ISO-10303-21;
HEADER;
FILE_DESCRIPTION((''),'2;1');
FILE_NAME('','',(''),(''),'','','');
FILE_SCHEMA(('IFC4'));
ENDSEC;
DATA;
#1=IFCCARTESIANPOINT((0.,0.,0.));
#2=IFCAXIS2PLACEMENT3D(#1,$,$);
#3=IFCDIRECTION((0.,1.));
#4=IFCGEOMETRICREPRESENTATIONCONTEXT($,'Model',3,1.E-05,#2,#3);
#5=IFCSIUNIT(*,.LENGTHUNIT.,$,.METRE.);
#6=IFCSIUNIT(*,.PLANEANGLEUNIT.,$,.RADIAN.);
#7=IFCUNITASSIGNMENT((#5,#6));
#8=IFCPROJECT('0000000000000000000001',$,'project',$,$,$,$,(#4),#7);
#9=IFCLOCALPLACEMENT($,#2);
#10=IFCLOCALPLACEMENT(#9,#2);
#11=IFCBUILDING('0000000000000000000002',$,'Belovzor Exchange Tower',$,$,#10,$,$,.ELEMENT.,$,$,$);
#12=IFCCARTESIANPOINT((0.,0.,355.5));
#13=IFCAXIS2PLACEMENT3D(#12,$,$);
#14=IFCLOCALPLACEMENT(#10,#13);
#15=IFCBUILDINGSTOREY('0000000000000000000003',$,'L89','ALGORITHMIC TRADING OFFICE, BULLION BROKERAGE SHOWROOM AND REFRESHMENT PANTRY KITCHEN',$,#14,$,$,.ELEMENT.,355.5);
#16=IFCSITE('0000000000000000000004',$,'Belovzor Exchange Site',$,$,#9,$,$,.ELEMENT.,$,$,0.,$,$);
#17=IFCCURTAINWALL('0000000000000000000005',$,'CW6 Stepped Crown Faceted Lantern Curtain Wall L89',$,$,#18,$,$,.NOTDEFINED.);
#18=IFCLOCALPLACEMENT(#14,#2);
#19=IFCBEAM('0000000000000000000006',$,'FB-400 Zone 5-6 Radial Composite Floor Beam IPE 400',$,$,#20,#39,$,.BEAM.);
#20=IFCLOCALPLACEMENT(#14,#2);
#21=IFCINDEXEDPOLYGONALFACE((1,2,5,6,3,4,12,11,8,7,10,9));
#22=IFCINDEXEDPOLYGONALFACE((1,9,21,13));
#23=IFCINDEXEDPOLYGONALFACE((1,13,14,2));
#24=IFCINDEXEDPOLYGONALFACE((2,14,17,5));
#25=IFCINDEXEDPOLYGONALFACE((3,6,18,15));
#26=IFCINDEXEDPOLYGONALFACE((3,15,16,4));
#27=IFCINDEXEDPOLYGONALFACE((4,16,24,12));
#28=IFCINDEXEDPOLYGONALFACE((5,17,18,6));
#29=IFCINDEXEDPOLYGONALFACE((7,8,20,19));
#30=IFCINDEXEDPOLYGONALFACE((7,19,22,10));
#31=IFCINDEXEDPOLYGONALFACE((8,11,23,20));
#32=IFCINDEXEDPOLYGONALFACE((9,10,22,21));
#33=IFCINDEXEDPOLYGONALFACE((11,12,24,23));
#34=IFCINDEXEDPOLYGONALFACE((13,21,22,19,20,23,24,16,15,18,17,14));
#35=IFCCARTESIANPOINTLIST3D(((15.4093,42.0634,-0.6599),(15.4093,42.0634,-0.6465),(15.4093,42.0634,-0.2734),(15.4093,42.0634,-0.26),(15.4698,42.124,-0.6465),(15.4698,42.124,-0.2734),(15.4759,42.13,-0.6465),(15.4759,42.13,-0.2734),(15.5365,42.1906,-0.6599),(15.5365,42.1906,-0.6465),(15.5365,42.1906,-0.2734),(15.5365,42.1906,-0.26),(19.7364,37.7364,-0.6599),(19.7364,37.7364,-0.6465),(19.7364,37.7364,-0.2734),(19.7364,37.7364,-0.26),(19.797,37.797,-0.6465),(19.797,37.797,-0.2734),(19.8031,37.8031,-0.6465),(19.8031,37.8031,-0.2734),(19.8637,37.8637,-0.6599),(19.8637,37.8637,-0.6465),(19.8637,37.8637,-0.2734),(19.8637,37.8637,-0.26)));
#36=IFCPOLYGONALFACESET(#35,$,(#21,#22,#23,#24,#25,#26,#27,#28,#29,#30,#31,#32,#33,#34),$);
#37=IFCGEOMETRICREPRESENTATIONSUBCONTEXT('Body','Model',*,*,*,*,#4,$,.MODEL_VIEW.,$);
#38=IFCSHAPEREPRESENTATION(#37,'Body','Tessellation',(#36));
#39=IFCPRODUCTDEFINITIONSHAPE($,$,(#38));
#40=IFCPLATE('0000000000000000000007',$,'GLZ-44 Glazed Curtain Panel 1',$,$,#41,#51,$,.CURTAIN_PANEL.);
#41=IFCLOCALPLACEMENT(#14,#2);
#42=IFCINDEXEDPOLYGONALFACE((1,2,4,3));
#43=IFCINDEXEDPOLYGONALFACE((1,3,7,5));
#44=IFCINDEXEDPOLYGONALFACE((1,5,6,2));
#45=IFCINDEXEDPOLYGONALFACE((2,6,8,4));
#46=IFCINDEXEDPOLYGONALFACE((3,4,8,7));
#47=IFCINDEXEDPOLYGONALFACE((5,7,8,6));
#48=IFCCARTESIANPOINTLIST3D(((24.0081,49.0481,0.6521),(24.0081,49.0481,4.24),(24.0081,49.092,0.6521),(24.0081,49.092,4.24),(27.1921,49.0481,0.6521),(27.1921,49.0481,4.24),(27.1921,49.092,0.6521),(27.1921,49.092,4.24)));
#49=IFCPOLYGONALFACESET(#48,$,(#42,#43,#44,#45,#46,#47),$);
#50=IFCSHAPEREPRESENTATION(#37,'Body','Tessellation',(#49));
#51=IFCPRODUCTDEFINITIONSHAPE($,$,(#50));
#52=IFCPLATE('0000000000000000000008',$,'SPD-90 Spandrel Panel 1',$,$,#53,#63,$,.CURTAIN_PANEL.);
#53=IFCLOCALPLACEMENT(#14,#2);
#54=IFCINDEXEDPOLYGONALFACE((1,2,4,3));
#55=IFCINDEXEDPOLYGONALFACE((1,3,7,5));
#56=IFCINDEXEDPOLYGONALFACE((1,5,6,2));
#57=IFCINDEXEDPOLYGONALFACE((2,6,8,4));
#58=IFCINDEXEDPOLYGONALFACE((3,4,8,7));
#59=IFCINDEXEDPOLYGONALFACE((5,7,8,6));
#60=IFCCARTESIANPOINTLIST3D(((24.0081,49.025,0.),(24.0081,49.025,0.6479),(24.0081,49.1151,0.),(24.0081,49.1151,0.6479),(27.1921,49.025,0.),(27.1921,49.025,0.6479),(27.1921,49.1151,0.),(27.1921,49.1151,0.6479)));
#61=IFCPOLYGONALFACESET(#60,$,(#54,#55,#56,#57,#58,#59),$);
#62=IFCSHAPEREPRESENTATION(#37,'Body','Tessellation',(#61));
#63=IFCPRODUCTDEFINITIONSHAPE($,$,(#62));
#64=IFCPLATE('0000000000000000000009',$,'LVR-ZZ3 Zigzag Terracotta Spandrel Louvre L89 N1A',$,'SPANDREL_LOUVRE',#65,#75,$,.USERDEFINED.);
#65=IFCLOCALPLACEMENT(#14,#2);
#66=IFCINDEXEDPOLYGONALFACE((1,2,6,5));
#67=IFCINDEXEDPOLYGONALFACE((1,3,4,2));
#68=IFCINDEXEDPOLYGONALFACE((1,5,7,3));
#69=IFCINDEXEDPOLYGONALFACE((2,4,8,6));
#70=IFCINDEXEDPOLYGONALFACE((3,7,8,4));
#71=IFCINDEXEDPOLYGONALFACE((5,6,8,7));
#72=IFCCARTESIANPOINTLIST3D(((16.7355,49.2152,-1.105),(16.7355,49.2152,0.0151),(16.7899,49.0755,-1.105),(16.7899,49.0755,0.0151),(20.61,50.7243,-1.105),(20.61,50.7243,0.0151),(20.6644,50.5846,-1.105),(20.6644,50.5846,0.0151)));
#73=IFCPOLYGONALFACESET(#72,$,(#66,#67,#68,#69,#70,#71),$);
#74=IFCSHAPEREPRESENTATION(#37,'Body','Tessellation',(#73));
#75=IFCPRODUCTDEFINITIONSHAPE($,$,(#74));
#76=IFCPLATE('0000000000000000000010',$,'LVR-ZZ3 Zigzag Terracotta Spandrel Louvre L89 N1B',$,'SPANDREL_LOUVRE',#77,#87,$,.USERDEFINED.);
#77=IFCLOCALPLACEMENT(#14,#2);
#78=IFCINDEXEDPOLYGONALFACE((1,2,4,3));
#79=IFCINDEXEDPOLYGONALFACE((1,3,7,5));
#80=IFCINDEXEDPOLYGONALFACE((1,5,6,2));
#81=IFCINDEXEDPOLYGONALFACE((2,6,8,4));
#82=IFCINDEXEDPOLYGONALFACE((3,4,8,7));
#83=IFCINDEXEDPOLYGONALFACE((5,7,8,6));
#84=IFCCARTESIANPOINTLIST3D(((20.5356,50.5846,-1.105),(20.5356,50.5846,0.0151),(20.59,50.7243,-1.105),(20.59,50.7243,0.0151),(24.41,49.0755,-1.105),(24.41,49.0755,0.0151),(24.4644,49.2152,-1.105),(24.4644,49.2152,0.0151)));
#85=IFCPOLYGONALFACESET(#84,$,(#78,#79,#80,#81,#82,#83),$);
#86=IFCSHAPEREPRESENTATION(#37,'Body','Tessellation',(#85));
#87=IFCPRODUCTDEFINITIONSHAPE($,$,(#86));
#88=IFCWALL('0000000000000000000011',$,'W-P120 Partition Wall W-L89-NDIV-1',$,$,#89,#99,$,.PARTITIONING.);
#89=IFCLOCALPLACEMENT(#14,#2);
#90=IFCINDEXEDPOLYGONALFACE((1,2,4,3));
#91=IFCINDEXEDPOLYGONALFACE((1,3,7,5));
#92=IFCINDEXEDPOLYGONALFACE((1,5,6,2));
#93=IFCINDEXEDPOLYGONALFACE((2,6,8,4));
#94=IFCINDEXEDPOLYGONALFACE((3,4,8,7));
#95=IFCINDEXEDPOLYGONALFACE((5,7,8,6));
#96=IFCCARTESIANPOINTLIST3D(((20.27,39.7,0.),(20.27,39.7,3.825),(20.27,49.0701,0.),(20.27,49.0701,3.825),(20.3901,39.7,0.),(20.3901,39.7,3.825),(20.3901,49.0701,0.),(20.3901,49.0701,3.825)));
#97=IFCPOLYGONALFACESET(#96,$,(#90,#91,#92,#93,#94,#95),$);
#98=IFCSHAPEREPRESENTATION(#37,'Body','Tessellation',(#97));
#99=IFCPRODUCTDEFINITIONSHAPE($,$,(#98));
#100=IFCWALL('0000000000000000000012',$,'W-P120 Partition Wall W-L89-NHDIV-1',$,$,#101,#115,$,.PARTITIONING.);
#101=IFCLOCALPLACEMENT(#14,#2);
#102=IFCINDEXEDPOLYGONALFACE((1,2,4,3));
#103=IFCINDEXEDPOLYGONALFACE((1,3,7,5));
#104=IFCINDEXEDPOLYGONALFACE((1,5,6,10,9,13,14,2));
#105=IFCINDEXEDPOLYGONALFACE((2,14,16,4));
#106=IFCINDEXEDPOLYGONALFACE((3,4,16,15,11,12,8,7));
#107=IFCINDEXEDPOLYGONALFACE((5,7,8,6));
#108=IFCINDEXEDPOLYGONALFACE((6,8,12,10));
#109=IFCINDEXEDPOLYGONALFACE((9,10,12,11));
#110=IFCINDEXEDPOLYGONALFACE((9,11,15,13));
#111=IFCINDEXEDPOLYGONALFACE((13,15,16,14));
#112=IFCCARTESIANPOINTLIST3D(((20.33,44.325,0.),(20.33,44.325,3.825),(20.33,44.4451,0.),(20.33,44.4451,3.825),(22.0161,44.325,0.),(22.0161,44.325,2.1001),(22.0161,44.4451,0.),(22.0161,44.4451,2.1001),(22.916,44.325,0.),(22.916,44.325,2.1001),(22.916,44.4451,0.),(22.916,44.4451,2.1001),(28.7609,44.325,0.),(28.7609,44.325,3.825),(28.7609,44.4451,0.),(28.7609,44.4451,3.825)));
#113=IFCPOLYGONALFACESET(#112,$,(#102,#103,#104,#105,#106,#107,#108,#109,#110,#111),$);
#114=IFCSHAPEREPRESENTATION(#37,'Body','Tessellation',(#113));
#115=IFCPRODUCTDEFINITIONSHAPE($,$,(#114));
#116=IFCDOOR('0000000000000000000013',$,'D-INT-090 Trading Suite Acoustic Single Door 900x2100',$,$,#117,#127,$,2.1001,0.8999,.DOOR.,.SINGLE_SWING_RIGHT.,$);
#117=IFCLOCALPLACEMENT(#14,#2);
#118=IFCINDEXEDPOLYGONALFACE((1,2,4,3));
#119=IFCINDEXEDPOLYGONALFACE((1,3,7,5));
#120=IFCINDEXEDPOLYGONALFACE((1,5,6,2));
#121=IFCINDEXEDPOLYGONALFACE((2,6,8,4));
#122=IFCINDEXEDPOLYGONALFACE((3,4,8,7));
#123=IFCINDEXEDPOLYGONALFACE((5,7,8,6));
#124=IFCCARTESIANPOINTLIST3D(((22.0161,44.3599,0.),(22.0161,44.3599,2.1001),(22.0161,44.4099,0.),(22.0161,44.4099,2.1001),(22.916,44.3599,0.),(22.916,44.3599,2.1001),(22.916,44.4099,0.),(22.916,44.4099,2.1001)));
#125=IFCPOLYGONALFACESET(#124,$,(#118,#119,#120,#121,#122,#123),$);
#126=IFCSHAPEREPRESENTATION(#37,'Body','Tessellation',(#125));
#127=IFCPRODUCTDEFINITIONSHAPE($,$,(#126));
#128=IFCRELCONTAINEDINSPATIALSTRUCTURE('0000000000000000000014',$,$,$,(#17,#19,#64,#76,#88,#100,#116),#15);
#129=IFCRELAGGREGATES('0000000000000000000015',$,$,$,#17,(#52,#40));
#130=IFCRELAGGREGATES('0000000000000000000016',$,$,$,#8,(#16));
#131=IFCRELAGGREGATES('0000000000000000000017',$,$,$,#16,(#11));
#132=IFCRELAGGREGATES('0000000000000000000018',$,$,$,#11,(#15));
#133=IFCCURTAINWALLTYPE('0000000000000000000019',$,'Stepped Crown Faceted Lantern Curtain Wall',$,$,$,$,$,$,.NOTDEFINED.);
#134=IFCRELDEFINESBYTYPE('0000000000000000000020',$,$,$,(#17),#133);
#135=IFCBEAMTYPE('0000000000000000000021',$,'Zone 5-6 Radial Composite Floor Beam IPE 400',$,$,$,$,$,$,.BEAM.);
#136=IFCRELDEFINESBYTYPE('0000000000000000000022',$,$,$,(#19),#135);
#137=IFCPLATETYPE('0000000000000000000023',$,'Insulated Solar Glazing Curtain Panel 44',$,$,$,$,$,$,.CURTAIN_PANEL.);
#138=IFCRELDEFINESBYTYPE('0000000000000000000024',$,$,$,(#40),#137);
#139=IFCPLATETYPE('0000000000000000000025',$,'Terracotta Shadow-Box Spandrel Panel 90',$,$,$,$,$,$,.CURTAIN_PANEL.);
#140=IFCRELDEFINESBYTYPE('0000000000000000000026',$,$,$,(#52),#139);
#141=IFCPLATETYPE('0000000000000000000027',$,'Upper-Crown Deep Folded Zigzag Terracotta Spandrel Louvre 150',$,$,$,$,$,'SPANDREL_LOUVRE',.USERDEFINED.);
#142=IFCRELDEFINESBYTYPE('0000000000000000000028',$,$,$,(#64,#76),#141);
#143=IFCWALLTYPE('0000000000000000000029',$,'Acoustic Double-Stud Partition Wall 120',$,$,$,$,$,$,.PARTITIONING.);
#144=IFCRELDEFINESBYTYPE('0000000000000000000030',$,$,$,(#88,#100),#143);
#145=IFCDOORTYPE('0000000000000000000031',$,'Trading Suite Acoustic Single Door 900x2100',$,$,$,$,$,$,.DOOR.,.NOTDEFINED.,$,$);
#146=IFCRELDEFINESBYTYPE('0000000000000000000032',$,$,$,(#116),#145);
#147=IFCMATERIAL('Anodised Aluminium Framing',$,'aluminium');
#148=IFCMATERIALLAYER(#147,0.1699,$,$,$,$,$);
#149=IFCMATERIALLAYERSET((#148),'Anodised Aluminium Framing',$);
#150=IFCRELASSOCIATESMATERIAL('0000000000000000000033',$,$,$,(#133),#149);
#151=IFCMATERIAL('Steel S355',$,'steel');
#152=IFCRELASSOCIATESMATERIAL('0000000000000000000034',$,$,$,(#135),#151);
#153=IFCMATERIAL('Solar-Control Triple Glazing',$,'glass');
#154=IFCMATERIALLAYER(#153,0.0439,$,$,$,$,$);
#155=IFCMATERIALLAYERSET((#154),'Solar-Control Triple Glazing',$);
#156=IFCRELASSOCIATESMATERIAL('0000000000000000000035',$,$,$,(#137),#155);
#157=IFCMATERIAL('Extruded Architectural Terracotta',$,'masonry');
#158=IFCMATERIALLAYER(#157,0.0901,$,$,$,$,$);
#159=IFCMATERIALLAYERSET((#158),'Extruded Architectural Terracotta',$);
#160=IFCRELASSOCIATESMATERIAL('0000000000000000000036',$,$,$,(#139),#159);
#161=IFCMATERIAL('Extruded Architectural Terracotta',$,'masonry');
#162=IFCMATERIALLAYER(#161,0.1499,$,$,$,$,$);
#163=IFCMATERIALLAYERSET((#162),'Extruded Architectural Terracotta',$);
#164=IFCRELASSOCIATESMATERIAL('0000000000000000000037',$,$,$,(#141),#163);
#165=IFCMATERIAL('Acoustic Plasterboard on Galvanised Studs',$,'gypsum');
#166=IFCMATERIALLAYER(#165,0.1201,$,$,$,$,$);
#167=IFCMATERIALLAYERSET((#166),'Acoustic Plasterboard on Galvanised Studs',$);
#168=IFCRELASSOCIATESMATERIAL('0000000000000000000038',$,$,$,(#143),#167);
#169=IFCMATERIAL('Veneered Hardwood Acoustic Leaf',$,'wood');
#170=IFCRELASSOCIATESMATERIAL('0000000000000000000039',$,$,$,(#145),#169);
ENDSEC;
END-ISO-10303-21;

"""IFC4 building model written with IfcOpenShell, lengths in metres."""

from ifc_helpers import new_model, si_unit, direction, frame, frame_2d, origin, origin_2d, place, context, subcontext, project, spatial, rectangle, i_section, extrude, material, layer, layer_set, material_profile, profile_set, type_object, element, fill, aggregate, save


model = new_model("IFC4")

# Units and contexts
model_context = context("Model", 3, precision=1e-05, world=origin(), true_north=direction((0.0, 1.0)))
body_context = subcontext(model_context, "Body", "Model", "MODEL_VIEW")
ifc_project = project(units=[si_unit("LENGTHUNIT", "METRE"), si_unit("PLANEANGLEUNIT", "RADIAN")], contexts=[model_context])

# Site, building, storey
site_placement = place(None, origin())
site = spatial("IfcSite", under=ifc_project, at=site_placement, Name="Belovzor Exchange Site", CompositionType="ELEMENT", RefElevation=0.0)
building_placement = place(site_placement, origin())
building = spatial("IfcBuilding", under=site, at=building_placement, Name="Belovzor Exchange Tower", CompositionType="ELEMENT")
storey_placement = place(building_placement, frame((0.0, 0.0, 355.5)))
storey = spatial("IfcBuildingStorey", under=building, at=storey_placement, Name="L89", Description="ALGORITHMIC TRADING OFFICE, BULLION BROKERAGE SHOWROOM AND REFRESHMENT PANTRY KITCHEN", CompositionType="ELEMENT", Elevation=355.5)

# Curtain wall
ifc_material_1 = material(Name="Anodised Aluminium Framing", Category="aluminium")
ifc_layer_1 = layer(ifc_material_1, 0.1699)
ifc_layer_set_1 = layer_set([ifc_layer_1], Name="Anodised Aluminium Framing")
curtain_wall_type = type_object("IfcCurtainWallType", Name="Stepped Crown Faceted Lantern Curtain Wall", PredefinedType="NOTDEFINED", material=ifc_layer_set_1)
curtain_wall_placement = place(storey_placement, origin())
curtain_wall = element("IfcCurtainWall", 1, at=curtain_wall_placement, inside=storey, type_object=curtain_wall_type, Name="CW6 Stepped Crown Faceted Lantern Curtain Wall L89", PredefinedType="NOTDEFINED")

# Beam
ifc_material_2 = material(Name="Steel S355", Category="steel")
ifc_material_profile_1 = material_profile(ifc_material_2, i_section(OverallWidth=0.1799, OverallDepth=0.3999, WebThickness=0.0085, FlangeThickness=0.0134, at=origin_2d()))
ifc_profile_set_1 = profile_set([ifc_material_profile_1], Name="Steel S355")
beam_type_1 = type_object("IfcBeamType", Name="Zone 5-6 Radial Composite Floor Beam IPE 400", PredefinedType="BEAM", material=ifc_profile_set_1)
beam_1_placement = place(storey_placement, frame((19.8, 37.8, -0.46), z_axis=(-0.707127, 0.707087, 0.0), x_axis=(-0.707087, -0.707127, 0.0)))
element("IfcBeam", 2, at=beam_1_placement, inside=storey, type_object=beam_type_1, Name="FB-400 Zone 5-6 Radial Composite Floor Beam IPE 400", PredefinedType="BEAM", context=body_context, shape_type="SweptSolid", body=[
    extrude(i_section(OverallWidth=0.1799, OverallDepth=0.3999, WebThickness=0.0085, FlangeThickness=0.0134, at=origin_2d()), origin(), (0.0, 0.0, 1.0), 6.1194),
])

# Plates
ifc_material_3 = material(Name="Solar-Control Triple Glazing", Category="glass")
ifc_layer_2 = layer(ifc_material_3, 0.0439)
ifc_layer_set_2 = layer_set([ifc_layer_2], Name="Solar-Control Triple Glazing")
plate_type_1 = type_object("IfcPlateType", Name="Insulated Solar Glazing Curtain Panel 44", PredefinedType="CURTAIN_PANEL", material=ifc_layer_set_2)
plate_1_placement = place(storey_placement, frame((25.6001, 49.0701, 0.6521), z_axis=(0.0, 0.0, 1.0), x_axis=(1.0, 0.0, 0.0)))
plate_1 = element("IfcPlate", 3, at=plate_1_placement, type_object=plate_type_1, Name="GLZ-44 Glazed Curtain Panel 1", PredefinedType="CURTAIN_PANEL", context=body_context, shape_type="SweptSolid", body=[
    extrude(rectangle(XDim=3.1841, YDim=0.0439, at=origin_2d()), origin(), (0.0, 0.0, 1.0), 3.5879),
])
ifc_material_4 = material(Name="Extruded Architectural Terracotta", Category="masonry")
ifc_layer_3 = layer(ifc_material_4, 0.0901)
ifc_layer_set_3 = layer_set([ifc_layer_3], Name="Extruded Architectural Terracotta")
plate_type_2 = type_object("IfcPlateType", Name="Terracotta Shadow-Box Spandrel Panel 90", PredefinedType="CURTAIN_PANEL", material=ifc_layer_set_3)
plate_2_placement = place(storey_placement, frame((25.6001, 49.0701, 0.0), z_axis=(0.0, 0.0, 1.0), x_axis=(1.0, 0.0, 0.0)))
plate_2 = element("IfcPlate", 4, at=plate_2_placement, type_object=plate_type_2, Name="SPD-90 Spandrel Panel 1", PredefinedType="CURTAIN_PANEL", context=body_context, shape_type="SweptSolid", body=[
    extrude(rectangle(XDim=3.1841, YDim=0.0901, at=origin_2d()), origin(), (0.0, 0.0, 1.0), 0.6479),
])
aggregate(curtain_wall, [plate_2, plate_1])

# Plates
ifc_material_5 = material(Name="Extruded Architectural Terracotta", Category="masonry")
ifc_layer_4 = layer(ifc_material_5, 0.1499)
ifc_layer_set_4 = layer_set([ifc_layer_4], Name="Extruded Architectural Terracotta")
plate_type_3 = type_object("IfcPlateType", Name="Upper-Crown Deep Folded Zigzag Terracotta Spandrel Louvre 150", ElementType="SPANDREL_LOUVRE", PredefinedType="USERDEFINED", material=ifc_layer_set_4)
for number, where, z_axis, x_axis, name in (
    (5, (18.7, 49.8999, -1.105), (0.0, 0.0, 1.0), (0.931818, 0.362926, 0.0), "LVR-ZZ3 Zigzag Terracotta Spandrel Louvre L89 N1A"),
    (6, (22.5, 49.8999, -1.105), (0.0, 0.0, 1.0), (0.931818, -0.362926, 0.0), "LVR-ZZ3 Zigzag Terracotta Spandrel Louvre L89 N1B"),
):
    element("IfcPlate", number, at=place(storey_placement, frame(where, z_axis=z_axis, x_axis=x_axis)), inside=storey, type_object=plate_type_3, Name=name, ObjectType="SPANDREL_LOUVRE", PredefinedType="USERDEFINED", context=body_context, shape_type="SweptSolid", body=[
        extrude(rectangle(XDim=4.158, YDim=0.1499, at=origin_2d()), origin(), (0.0, 0.0, 1.0), 1.1201),
    ])

# Wall
ifc_material_6 = material(Name="Acoustic Plasterboard on Galvanised Studs", Category="gypsum")
ifc_layer_5 = layer(ifc_material_6, 0.1201)
ifc_layer_set_5 = layer_set([ifc_layer_5], Name="Acoustic Plasterboard on Galvanised Studs")
wall_type_1 = type_object("IfcWallType", Name="Acoustic Double-Stud Partition Wall 120", PredefinedType="PARTITIONING", material=ifc_layer_set_5)
wall_1_placement = place(storey_placement, frame((20.3301, 39.7, 0.0), z_axis=(0.0, 0.0, 1.0), x_axis=(0.0, 1.0, 0.0)))
element("IfcWall", 7, at=wall_1_placement, inside=storey, type_object=wall_type_1, Name="W-P120 Partition Wall W-L89-NDIV-1", PredefinedType="PARTITIONING", context=body_context, shape_type="SweptSolid", body=[
    extrude(rectangle(XDim=9.3701, YDim=0.1201, at=frame_2d((4.6851, 0.0))), origin(), (0.0, 0.0, 1.0), 3.825),
])

# Wall, opening, door
wall_2_placement = place(storey_placement, frame((20.3301, 44.385, 0.0), z_axis=(0.0, 0.0, 1.0), x_axis=(1.0, 0.0, 0.0)))
wall_2 = element("IfcWall", 8, at=wall_2_placement, inside=storey, type_object=wall_type_1, Name="W-P120 Partition Wall W-L89-NHDIV-1", PredefinedType="PARTITIONING", context=body_context, shape_type="SweptSolid", body=[
    extrude(rectangle(XDim=8.4309, YDim=0.1201, at=frame_2d((4.2153, 0.0))), origin(), (0.0, 0.0, 1.0), 3.825),
])
opening_1_placement = place(wall_2_placement, frame((1.686, 0.0, 0.0)))
opening_1 = element("IfcOpeningElement", 9, at=opening_1_placement, cuts=wall_2, PredefinedType="OPENING", context=body_context, shape_type="SweptSolid", body=[
    extrude(rectangle(XDim=0.8999, YDim=2.1001, at=frame_2d((0.45, 1.05))), frame((0.0, 0.0701, 0.0), z_axis=(0.0, -1.0, 0.0), x_axis=(1.0, 0.0, 0.0)), (0.0, 0.0, 1.0), 0.1401),
])
ifc_material_7 = material(Name="Veneered Hardwood Acoustic Leaf", Category="wood")
door_type = type_object("IfcDoorType", Name="Trading Suite Acoustic Single Door 900x2100", OperationType="NOTDEFINED", PredefinedType="DOOR", material=ifc_material_7)
door_1_placement = place(opening_1_placement, origin())
door_1 = element("IfcDoor", 10, at=door_1_placement, inside=storey, type_object=door_type, Name="D-INT-090 Trading Suite Acoustic Single Door 900x2100", OperationType="SINGLE_SWING_RIGHT", OverallHeight=2.1001, OverallWidth=0.8999, PredefinedType="DOOR", context=body_context, shape_type="SweptSolid", body=[
    extrude(rectangle(XDim=0.8999, YDim=2.1001, at=frame_2d((0.45, 1.05))), frame((0.0, 0.0249, 0.0), z_axis=(0.0, -1.0, 0.0), x_axis=(1.0, 0.0, 0.0)), (0.0, 0.0, 1.0), 0.05),
])
fill(opening_1, door_1)

save(model, "model.ifc")
